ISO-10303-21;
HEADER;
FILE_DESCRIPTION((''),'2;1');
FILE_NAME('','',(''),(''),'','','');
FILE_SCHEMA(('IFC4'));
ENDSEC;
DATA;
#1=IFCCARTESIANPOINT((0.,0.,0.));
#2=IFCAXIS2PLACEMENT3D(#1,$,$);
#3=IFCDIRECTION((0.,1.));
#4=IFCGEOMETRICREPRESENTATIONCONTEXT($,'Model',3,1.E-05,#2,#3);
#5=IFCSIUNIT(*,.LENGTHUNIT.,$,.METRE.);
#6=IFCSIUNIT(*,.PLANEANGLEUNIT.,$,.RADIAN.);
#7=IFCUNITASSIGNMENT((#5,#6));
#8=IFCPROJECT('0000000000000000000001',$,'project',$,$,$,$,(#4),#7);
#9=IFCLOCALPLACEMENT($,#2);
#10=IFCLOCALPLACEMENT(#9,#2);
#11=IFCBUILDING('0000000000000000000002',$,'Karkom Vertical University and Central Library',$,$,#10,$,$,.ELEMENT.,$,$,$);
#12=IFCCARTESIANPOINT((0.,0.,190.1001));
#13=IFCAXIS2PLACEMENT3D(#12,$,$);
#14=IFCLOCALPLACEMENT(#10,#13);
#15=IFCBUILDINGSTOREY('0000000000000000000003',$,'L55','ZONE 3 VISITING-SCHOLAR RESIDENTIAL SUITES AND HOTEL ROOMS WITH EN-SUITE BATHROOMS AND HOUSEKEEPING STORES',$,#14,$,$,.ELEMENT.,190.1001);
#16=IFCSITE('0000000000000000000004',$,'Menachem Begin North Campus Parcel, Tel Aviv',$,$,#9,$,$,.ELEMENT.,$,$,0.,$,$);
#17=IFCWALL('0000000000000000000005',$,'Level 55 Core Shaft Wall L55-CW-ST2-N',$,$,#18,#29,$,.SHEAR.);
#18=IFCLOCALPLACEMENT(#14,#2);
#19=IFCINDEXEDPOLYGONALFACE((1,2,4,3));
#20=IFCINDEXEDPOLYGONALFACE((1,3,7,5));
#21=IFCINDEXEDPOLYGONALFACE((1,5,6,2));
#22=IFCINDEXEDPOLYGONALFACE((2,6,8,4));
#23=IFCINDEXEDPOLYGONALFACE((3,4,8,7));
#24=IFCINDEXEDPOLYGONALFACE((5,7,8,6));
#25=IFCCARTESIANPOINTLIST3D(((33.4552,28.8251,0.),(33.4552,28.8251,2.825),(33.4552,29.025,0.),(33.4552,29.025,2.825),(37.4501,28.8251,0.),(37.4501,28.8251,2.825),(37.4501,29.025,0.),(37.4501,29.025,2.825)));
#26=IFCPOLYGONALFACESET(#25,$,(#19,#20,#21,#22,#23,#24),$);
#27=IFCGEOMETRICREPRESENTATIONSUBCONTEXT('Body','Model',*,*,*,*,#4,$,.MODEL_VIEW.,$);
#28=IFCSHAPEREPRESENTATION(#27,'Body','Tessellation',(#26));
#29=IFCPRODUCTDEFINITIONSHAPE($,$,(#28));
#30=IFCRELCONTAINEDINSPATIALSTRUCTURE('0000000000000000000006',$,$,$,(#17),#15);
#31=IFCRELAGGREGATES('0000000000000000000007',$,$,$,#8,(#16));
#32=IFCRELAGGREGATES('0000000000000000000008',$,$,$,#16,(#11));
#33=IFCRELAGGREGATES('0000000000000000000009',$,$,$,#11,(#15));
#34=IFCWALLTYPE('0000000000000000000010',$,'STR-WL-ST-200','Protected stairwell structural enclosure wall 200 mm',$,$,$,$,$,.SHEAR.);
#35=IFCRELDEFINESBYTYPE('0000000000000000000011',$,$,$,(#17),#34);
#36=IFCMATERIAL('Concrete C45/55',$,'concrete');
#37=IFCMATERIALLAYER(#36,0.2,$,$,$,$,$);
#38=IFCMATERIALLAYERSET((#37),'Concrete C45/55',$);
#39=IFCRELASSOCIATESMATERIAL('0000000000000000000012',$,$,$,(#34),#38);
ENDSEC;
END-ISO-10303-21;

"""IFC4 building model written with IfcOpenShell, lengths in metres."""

from ifc_helpers import new_model, si_unit, direction, frame, frame_2d, origin, place, context, subcontext, project, spatial, rectangle, extrude, material, layer, layer_set, type_object, element, save


model = new_model("IFC4")

# Units and contexts
model_context = context("Model", 3, precision=1e-05, world=origin(), true_north=direction((0.0, 1.0)))
body_context = subcontext(model_context, "Body", "Model", "MODEL_VIEW")
ifc_project = project(units=[si_unit("LENGTHUNIT", "METRE"), si_unit("PLANEANGLEUNIT", "RADIAN")], contexts=[model_context])

# Site, building, storey
site_placement = place(None, origin())
site = spatial("IfcSite", under=ifc_project, at=site_placement, Name="Menachem Begin North Campus Parcel, Tel Aviv", CompositionType="ELEMENT", RefElevation=0.0)
building_placement = place(site_placement, origin())
building = spatial("IfcBuilding", under=site, at=building_placement, Name="Karkom Vertical University and Central Library", CompositionType="ELEMENT")
storey_placement = place(building_placement, frame((0.0, 0.0, 190.1001)))
storey = spatial("IfcBuildingStorey", under=building, at=storey_placement, Name="L55", Description="ZONE 3 VISITING-SCHOLAR RESIDENTIAL SUITES AND HOTEL ROOMS WITH EN-SUITE BATHROOMS AND HOUSEKEEPING STORES", CompositionType="ELEMENT", Elevation=190.1001)

# Wall
ifc_material_1 = material(Name="Concrete C45/55", Category="concrete")
ifc_layer_1 = layer(ifc_material_1, 0.2)
ifc_layer_set_1 = layer_set([ifc_layer_1], Name="Concrete C45/55")
wall_type_1 = type_object("IfcWallType", Name="STR-WL-ST-200", Description="Protected stairwell structural enclosure wall 200 mm", PredefinedType="SHEAR", material=ifc_layer_set_1)
wall_1_placement = place(storey_placement, frame((33.4551, 28.925, 0.0), z_axis=(0.0, 0.0, 1.0), x_axis=(1.0, 0.0, 0.0)))
element("IfcWall", 1, at=wall_1_placement, inside=storey, type_object=wall_type_1, Name="Level 55 Core Shaft Wall L55-CW-ST2-N", PredefinedType="SHEAR", context=body_context, shape_type="SweptSolid", body=[
    extrude(rectangle(XDim=3.9949, YDim=0.2, at=frame_2d((1.9976, 0.0))), origin(), (0.0, 0.0, 1.0), 2.825),
])

save(model, "model.ifc")
